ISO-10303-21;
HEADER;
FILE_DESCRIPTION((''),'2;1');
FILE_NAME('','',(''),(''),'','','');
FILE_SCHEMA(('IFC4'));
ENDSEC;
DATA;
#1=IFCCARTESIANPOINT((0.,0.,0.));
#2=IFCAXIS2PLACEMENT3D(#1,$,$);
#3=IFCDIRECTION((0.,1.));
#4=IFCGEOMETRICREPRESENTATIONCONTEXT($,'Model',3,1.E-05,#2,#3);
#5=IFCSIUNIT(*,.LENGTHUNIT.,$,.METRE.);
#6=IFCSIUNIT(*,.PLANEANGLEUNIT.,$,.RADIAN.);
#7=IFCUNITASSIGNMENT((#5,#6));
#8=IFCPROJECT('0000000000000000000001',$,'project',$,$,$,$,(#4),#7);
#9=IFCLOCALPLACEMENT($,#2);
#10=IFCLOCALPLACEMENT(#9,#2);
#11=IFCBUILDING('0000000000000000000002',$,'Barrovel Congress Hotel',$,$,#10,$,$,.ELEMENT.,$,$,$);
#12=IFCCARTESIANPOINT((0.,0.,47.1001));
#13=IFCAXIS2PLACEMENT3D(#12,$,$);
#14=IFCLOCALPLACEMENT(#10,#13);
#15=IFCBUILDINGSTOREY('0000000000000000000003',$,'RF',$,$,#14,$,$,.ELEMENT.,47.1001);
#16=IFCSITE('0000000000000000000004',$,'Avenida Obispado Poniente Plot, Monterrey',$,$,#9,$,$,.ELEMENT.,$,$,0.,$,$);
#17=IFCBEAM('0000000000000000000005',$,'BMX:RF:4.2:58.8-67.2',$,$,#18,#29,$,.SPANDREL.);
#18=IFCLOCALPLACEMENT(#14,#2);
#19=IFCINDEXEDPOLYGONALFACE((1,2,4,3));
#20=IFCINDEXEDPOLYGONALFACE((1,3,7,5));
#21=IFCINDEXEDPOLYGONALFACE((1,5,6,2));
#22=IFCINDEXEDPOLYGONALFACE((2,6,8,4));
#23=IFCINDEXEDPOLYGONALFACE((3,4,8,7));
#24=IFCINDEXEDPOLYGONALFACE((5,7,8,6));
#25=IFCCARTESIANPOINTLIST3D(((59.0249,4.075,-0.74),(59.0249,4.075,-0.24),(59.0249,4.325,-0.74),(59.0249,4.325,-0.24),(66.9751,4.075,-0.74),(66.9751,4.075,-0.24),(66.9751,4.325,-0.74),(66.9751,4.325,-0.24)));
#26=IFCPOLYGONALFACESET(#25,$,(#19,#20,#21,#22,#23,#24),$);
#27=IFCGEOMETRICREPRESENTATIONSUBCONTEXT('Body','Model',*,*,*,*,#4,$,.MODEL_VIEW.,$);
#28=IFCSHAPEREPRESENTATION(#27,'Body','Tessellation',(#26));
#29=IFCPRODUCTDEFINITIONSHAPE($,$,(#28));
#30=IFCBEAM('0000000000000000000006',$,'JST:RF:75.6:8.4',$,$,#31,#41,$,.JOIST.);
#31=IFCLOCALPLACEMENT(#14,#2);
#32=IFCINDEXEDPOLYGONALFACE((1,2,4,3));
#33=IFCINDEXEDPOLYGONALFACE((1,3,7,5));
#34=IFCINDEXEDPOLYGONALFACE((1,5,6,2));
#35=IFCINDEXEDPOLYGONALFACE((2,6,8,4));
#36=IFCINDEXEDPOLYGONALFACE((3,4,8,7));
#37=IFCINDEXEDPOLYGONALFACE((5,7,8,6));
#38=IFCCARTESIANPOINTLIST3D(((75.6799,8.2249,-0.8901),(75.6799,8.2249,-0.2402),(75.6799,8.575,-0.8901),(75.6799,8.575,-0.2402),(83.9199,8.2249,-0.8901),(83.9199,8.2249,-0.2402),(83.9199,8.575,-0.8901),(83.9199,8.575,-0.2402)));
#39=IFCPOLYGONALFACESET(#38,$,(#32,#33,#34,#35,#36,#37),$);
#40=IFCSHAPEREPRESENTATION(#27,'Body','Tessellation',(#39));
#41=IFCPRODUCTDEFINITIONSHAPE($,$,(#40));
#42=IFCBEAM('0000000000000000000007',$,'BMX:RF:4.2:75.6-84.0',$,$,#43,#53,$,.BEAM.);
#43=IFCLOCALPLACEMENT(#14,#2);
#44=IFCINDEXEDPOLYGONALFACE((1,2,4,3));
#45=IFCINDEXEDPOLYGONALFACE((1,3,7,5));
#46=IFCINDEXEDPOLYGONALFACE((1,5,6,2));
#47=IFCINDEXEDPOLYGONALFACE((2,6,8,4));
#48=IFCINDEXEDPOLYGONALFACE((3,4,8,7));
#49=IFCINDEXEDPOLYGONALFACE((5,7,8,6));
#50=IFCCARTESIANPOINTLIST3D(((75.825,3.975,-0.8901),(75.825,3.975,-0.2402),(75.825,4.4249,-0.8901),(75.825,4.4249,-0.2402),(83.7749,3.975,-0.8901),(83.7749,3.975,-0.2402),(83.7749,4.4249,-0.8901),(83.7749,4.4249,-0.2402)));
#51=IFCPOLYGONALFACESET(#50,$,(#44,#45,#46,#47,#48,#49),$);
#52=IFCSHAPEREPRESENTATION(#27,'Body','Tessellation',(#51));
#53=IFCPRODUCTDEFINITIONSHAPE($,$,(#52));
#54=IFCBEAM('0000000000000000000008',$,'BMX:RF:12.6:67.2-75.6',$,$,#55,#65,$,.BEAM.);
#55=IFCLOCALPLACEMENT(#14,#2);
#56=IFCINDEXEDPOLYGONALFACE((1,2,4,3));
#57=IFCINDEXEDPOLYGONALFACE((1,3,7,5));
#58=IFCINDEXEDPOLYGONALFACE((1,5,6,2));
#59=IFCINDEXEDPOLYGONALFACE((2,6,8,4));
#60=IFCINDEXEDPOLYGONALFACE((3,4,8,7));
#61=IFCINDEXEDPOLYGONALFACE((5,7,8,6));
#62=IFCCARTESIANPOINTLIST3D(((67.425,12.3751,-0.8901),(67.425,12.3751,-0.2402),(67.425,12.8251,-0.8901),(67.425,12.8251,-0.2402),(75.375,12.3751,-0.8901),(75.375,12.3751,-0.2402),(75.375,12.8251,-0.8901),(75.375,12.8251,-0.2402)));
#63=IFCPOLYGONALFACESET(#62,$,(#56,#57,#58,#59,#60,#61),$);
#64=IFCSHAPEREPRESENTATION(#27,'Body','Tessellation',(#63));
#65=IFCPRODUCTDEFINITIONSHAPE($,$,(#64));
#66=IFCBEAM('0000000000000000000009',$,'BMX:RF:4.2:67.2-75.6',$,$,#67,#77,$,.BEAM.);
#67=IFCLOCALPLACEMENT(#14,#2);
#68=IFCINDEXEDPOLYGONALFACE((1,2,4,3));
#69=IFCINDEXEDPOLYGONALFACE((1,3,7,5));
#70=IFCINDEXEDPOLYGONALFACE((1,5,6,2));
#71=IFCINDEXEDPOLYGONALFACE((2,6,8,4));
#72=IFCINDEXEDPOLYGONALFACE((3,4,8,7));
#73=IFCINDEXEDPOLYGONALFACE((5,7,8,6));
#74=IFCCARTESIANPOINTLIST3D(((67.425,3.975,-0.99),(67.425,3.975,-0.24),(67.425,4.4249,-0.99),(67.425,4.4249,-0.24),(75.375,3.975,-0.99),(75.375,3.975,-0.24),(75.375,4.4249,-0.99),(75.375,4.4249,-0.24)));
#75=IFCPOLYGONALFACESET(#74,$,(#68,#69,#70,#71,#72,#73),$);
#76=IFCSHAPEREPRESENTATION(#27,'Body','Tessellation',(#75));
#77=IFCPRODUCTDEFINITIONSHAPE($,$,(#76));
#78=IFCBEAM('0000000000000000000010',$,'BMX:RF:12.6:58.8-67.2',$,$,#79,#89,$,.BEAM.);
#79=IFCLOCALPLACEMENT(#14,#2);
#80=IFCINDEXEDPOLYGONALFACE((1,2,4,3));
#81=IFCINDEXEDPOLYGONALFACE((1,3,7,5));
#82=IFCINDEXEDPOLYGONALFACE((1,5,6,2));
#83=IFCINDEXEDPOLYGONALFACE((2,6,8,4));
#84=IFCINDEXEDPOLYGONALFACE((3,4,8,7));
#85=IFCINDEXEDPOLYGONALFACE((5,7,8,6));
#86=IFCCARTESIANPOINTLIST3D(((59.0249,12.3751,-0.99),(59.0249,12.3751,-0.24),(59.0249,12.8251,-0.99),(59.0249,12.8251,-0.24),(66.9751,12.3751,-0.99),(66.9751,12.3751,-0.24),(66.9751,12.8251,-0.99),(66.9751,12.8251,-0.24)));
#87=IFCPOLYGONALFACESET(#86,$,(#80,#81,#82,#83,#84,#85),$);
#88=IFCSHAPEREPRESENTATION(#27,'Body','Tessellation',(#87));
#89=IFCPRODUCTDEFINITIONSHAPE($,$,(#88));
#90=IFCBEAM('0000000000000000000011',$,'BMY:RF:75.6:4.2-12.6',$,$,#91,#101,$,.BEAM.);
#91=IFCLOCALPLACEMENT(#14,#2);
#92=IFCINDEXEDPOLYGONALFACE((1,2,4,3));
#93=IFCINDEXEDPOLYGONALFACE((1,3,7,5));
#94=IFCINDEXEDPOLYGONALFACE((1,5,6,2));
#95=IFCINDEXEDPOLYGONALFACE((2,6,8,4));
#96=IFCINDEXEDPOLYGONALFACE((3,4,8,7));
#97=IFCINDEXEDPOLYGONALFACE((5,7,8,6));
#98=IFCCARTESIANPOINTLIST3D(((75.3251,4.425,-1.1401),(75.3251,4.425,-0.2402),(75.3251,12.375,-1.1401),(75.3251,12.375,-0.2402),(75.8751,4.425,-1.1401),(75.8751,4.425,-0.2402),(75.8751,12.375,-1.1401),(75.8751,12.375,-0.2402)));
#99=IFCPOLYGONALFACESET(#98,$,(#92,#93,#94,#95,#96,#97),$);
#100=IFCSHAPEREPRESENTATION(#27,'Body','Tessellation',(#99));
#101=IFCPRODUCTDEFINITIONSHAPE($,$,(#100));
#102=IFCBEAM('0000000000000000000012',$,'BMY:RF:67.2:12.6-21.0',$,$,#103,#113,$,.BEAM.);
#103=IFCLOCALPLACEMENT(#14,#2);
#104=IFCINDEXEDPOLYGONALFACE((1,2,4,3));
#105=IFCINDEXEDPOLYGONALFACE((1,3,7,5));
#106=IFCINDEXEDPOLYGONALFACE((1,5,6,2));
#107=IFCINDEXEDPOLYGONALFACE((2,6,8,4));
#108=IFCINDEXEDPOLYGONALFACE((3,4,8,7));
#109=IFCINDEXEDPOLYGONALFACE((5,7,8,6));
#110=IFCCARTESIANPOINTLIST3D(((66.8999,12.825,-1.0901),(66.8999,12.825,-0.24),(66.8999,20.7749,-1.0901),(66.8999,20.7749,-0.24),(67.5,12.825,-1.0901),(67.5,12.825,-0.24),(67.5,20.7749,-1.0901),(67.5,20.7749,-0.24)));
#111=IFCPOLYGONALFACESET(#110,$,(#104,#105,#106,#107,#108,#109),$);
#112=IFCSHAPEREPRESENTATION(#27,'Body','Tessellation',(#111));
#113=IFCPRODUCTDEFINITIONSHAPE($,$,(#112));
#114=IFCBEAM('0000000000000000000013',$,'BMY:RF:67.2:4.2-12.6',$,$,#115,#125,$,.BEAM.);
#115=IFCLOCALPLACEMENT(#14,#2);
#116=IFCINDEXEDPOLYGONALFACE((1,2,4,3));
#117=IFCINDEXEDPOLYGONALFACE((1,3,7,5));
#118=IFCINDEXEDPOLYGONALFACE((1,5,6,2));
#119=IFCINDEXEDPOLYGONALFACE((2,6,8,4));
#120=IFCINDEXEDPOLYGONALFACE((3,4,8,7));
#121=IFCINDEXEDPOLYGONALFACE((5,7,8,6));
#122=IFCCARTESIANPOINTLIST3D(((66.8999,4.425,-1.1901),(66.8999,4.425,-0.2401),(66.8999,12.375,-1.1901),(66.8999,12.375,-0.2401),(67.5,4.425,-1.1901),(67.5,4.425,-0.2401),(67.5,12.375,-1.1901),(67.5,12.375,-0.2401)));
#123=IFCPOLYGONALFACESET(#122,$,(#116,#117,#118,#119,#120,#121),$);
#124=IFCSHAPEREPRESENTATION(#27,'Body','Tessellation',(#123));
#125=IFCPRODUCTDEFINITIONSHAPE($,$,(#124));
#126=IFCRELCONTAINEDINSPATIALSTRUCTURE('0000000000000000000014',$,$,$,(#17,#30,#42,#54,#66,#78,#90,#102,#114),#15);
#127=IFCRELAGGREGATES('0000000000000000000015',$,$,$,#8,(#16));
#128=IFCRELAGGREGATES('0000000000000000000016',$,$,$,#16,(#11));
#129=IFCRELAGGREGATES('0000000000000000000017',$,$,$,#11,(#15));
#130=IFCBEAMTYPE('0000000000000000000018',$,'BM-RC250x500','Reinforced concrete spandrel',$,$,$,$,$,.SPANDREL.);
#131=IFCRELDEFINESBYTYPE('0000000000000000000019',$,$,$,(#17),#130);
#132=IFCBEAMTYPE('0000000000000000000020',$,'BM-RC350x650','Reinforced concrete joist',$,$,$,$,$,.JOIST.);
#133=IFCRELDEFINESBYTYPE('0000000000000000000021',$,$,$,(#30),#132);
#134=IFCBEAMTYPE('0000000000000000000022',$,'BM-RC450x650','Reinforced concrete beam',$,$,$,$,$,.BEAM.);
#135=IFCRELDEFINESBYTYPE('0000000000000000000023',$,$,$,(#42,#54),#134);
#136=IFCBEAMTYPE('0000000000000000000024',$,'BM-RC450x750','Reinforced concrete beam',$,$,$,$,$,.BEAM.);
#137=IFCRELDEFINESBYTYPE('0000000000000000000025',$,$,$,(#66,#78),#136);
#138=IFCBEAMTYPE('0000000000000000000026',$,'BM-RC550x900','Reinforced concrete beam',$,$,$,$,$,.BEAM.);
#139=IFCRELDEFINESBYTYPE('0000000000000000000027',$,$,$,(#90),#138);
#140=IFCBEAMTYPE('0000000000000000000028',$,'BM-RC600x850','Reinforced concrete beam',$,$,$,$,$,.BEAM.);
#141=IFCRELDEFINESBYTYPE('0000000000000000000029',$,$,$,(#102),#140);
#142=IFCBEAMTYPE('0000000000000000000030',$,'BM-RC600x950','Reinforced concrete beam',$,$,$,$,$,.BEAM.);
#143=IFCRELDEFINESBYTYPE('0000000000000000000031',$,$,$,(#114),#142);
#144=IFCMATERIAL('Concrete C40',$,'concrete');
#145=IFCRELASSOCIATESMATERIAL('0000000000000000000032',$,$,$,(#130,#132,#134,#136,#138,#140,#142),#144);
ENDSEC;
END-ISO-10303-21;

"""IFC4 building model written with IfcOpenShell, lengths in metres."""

from ifc_helpers import new_model, si_unit, direction, frame, origin, origin_2d, place, context, subcontext, project, spatial, rectangle, extrude, material, material_profile, profile_set, type_object, element, save


model = new_model("IFC4")

# Units and contexts
model_context = context("Model", 3, precision=1e-05, world=origin(), true_north=direction((0.0, 1.0)))
body_context = subcontext(model_context, "Body", "Model", "MODEL_VIEW")
ifc_project = project(units=[si_unit("LENGTHUNIT", "METRE"), si_unit("PLANEANGLEUNIT", "RADIAN")], contexts=[model_context])

# Site, building, storey
site_placement = place(None, origin())
site = spatial("IfcSite", under=ifc_project, at=site_placement, Name="Avenida Obispado Poniente Plot, Monterrey", CompositionType="ELEMENT", RefElevation=0.0)
building_placement = place(site_placement, origin())
building = spatial("IfcBuilding", under=site, at=building_placement, Name="Barrovel Congress Hotel", CompositionType="ELEMENT")
storey_placement = place(building_placement, frame((0.0, 0.0, 47.1001)))
storey = spatial("IfcBuildingStorey", under=building, at=storey_placement, Name="RF", CompositionType="ELEMENT", Elevation=47.1001)

# Beams
ifc_material_1 = material(Name="Concrete C40", Category="concrete")
ifc_material_profile_1 = material_profile(ifc_material_1, rectangle(XDim=0.25, YDim=0.5, at=origin_2d()), Name="RC250x500")
ifc_profile_set_1 = profile_set([ifc_material_profile_1], Name="Concrete C40")
beam_type_1 = type_object("IfcBeamType", Name="BM-RC250x500", Description="Reinforced concrete spandrel", PredefinedType="SPANDREL", material=ifc_profile_set_1)
beam_1_placement = place(storey_placement, frame((59.0249, 4.2, -0.49), z_axis=(1.0, 0.0, 0.0), x_axis=(0.0, 1.0, 0.0)))
element("IfcBeam", 1, at=beam_1_placement, inside=storey, type_object=beam_type_1, Name="BMX:RF:4.2:58.8-67.2", PredefinedType="SPANDREL", context=body_context, shape_type="SweptSolid", body=[
    extrude(rectangle(XDim=0.25, YDim=0.5, at=origin_2d()), origin(), (0.0, 0.0, 1.0), 7.9502),
])
ifc_material_profile_2 = material_profile(ifc_material_1, rectangle(XDim=0.3501, YDim=0.6499, at=origin_2d()), Name="RC350x650")
ifc_profile_set_2 = profile_set([ifc_material_profile_2], Name="Concrete C40")
beam_type_2 = type_object("IfcBeamType", Name="BM-RC350x650", Description="Reinforced concrete joist", PredefinedType="JOIST", material=ifc_profile_set_2)
beam_2_placement = place(storey_placement, frame((75.6799, 8.3999, -0.5652), z_axis=(1.0, 0.0, 0.0), x_axis=(0.0, 1.0, 0.0)))
element("IfcBeam", 2, at=beam_2_placement, inside=storey, type_object=beam_type_2, Name="JST:RF:75.6:8.4", PredefinedType="JOIST", context=body_context, shape_type="SweptSolid", body=[
    extrude(rectangle(XDim=0.3501, YDim=0.6499, at=origin_2d()), origin(), (0.0, 0.0, 1.0), 8.24),
])
ifc_material_profile_3 = material_profile(ifc_material_1, rectangle(XDim=0.45, YDim=0.6499, at=origin_2d()), Name="RC450x650")
ifc_profile_set_3 = profile_set([ifc_material_profile_3], Name="Concrete C40")
beam_type_3 = type_object("IfcBeamType", Name="BM-RC450x650", Description="Reinforced concrete beam", PredefinedType="BEAM", material=ifc_profile_set_3)
for number, where, z_axis, x_axis, name in (
    (3, (75.825, 4.2, -0.5652), (1.0, 0.0, 0.0), (0.0, 1.0, 0.0), "BMX:RF:4.2:75.6-84.0"),
    (4, (67.425, 12.6001, -0.5652), (1.0, 0.0, 0.0), (0.0, 1.0, 0.0), "BMX:RF:12.6:67.2-75.6"),
):
    element("IfcBeam", number, at=place(storey_placement, frame(where, z_axis=z_axis, x_axis=x_axis)), inside=storey, type_object=beam_type_3, Name=name, PredefinedType="BEAM", context=body_context, shape_type="SweptSolid", body=[
        extrude(rectangle(XDim=0.45, YDim=0.6499, at=origin_2d()), origin(), (0.0, 0.0, 1.0), 7.95),
    ])
ifc_material_profile_4 = material_profile(ifc_material_1, rectangle(XDim=0.45, YDim=0.75, at=origin_2d()), Name="RC450x750")
ifc_profile_set_4 = profile_set([ifc_material_profile_4], Name="Concrete C40")
beam_type_4 = type_object("IfcBeamType", Name="BM-RC450x750", Description="Reinforced concrete beam", PredefinedType="BEAM", material=ifc_profile_set_4)
beam_3_placement = place(storey_placement, frame((67.425, 4.2, -0.615), z_axis=(1.0, 0.0, 0.0), x_axis=(0.0, 1.0, 0.0)))
element("IfcBeam", 5, at=beam_3_placement, inside=storey, type_object=beam_type_4, Name="BMX:RF:4.2:67.2-75.6", PredefinedType="BEAM", context=body_context, shape_type="SweptSolid", body=[
    extrude(rectangle(XDim=0.45, YDim=0.75, at=origin_2d()), origin(), (0.0, 0.0, 1.0), 7.95),
])
beam_4_placement = place(storey_placement, frame((59.0249, 12.6001, -0.615), z_axis=(1.0, 0.0, 0.0), x_axis=(0.0, 1.0, 0.0)))
element("IfcBeam", 6, at=beam_4_placement, inside=storey, type_object=beam_type_4, Name="BMX:RF:12.6:58.8-67.2", PredefinedType="BEAM", context=body_context, shape_type="SweptSolid", body=[
    extrude(rectangle(XDim=0.45, YDim=0.75, at=origin_2d()), origin(), (0.0, 0.0, 1.0), 7.9502),
])
ifc_material_profile_5 = material_profile(ifc_material_1, rectangle(XDim=0.55, YDim=0.8999, at=origin_2d()), Name="RC550x900")
ifc_profile_set_5 = profile_set([ifc_material_profile_5], Name="Concrete C40")
beam_type_5 = type_object("IfcBeamType", Name="BM-RC550x900", Description="Reinforced concrete beam", PredefinedType="BEAM", material=ifc_profile_set_5)
beam_5_placement = place(storey_placement, frame((75.6001, 4.425, -0.6902), z_axis=(0.0, 1.0, 0.0), x_axis=(-1.0, 0.0, 0.0)))
element("IfcBeam", 7, at=beam_5_placement, inside=storey, type_object=beam_type_5, Name="BMY:RF:75.6:4.2-12.6", PredefinedType="BEAM", context=body_context, shape_type="SweptSolid", body=[
    extrude(rectangle(XDim=0.55, YDim=0.8999, at=origin_2d()), origin(), (0.0, 0.0, 1.0), 7.95),
])
ifc_material_profile_6 = material_profile(ifc_material_1, rectangle(XDim=0.6001, YDim=0.8501, at=origin_2d()), Name="RC600x850")
ifc_profile_set_6 = profile_set([ifc_material_profile_6], Name="Concrete C40")
beam_type_6 = type_object("IfcBeamType", Name="BM-RC600x850", Description="Reinforced concrete beam", PredefinedType="BEAM", material=ifc_profile_set_6)
beam_6_placement = place(storey_placement, frame((67.2, 12.825, -0.665), z_axis=(0.0, 1.0, 0.0), x_axis=(-1.0, 0.0, 0.0)))
element("IfcBeam", 8, at=beam_6_placement, inside=storey, type_object=beam_type_6, Name="BMY:RF:67.2:12.6-21.0", PredefinedType="BEAM", context=body_context, shape_type="SweptSolid", body=[
    extrude(rectangle(XDim=0.6001, YDim=0.8501, at=origin_2d()), origin(), (0.0, 0.0, 1.0), 7.95),
])
ifc_material_profile_7 = material_profile(ifc_material_1, rectangle(XDim=0.6001, YDim=0.95, at=origin_2d()), Name="RC600x950")
ifc_profile_set_7 = profile_set([ifc_material_profile_7], Name="Concrete C40")
beam_type_7 = type_object("IfcBeamType", Name="BM-RC600x950", Description="Reinforced concrete beam", PredefinedType="BEAM", material=ifc_profile_set_7)
beam_7_placement = place(storey_placement, frame((67.2, 4.425, -0.7151), z_axis=(0.0, 1.0, 0.0), x_axis=(-1.0, 0.0, 0.0)))
element("IfcBeam", 9, at=beam_7_placement, inside=storey, type_object=beam_type_7, Name="BMY:RF:67.2:4.2-12.6", PredefinedType="BEAM", context=body_context, shape_type="SweptSolid", body=[
    extrude(rectangle(XDim=0.6001, YDim=0.95, at=origin_2d()), origin(), (0.0, 0.0, 1.0), 7.95),
])

save(model, "model.ifc")
